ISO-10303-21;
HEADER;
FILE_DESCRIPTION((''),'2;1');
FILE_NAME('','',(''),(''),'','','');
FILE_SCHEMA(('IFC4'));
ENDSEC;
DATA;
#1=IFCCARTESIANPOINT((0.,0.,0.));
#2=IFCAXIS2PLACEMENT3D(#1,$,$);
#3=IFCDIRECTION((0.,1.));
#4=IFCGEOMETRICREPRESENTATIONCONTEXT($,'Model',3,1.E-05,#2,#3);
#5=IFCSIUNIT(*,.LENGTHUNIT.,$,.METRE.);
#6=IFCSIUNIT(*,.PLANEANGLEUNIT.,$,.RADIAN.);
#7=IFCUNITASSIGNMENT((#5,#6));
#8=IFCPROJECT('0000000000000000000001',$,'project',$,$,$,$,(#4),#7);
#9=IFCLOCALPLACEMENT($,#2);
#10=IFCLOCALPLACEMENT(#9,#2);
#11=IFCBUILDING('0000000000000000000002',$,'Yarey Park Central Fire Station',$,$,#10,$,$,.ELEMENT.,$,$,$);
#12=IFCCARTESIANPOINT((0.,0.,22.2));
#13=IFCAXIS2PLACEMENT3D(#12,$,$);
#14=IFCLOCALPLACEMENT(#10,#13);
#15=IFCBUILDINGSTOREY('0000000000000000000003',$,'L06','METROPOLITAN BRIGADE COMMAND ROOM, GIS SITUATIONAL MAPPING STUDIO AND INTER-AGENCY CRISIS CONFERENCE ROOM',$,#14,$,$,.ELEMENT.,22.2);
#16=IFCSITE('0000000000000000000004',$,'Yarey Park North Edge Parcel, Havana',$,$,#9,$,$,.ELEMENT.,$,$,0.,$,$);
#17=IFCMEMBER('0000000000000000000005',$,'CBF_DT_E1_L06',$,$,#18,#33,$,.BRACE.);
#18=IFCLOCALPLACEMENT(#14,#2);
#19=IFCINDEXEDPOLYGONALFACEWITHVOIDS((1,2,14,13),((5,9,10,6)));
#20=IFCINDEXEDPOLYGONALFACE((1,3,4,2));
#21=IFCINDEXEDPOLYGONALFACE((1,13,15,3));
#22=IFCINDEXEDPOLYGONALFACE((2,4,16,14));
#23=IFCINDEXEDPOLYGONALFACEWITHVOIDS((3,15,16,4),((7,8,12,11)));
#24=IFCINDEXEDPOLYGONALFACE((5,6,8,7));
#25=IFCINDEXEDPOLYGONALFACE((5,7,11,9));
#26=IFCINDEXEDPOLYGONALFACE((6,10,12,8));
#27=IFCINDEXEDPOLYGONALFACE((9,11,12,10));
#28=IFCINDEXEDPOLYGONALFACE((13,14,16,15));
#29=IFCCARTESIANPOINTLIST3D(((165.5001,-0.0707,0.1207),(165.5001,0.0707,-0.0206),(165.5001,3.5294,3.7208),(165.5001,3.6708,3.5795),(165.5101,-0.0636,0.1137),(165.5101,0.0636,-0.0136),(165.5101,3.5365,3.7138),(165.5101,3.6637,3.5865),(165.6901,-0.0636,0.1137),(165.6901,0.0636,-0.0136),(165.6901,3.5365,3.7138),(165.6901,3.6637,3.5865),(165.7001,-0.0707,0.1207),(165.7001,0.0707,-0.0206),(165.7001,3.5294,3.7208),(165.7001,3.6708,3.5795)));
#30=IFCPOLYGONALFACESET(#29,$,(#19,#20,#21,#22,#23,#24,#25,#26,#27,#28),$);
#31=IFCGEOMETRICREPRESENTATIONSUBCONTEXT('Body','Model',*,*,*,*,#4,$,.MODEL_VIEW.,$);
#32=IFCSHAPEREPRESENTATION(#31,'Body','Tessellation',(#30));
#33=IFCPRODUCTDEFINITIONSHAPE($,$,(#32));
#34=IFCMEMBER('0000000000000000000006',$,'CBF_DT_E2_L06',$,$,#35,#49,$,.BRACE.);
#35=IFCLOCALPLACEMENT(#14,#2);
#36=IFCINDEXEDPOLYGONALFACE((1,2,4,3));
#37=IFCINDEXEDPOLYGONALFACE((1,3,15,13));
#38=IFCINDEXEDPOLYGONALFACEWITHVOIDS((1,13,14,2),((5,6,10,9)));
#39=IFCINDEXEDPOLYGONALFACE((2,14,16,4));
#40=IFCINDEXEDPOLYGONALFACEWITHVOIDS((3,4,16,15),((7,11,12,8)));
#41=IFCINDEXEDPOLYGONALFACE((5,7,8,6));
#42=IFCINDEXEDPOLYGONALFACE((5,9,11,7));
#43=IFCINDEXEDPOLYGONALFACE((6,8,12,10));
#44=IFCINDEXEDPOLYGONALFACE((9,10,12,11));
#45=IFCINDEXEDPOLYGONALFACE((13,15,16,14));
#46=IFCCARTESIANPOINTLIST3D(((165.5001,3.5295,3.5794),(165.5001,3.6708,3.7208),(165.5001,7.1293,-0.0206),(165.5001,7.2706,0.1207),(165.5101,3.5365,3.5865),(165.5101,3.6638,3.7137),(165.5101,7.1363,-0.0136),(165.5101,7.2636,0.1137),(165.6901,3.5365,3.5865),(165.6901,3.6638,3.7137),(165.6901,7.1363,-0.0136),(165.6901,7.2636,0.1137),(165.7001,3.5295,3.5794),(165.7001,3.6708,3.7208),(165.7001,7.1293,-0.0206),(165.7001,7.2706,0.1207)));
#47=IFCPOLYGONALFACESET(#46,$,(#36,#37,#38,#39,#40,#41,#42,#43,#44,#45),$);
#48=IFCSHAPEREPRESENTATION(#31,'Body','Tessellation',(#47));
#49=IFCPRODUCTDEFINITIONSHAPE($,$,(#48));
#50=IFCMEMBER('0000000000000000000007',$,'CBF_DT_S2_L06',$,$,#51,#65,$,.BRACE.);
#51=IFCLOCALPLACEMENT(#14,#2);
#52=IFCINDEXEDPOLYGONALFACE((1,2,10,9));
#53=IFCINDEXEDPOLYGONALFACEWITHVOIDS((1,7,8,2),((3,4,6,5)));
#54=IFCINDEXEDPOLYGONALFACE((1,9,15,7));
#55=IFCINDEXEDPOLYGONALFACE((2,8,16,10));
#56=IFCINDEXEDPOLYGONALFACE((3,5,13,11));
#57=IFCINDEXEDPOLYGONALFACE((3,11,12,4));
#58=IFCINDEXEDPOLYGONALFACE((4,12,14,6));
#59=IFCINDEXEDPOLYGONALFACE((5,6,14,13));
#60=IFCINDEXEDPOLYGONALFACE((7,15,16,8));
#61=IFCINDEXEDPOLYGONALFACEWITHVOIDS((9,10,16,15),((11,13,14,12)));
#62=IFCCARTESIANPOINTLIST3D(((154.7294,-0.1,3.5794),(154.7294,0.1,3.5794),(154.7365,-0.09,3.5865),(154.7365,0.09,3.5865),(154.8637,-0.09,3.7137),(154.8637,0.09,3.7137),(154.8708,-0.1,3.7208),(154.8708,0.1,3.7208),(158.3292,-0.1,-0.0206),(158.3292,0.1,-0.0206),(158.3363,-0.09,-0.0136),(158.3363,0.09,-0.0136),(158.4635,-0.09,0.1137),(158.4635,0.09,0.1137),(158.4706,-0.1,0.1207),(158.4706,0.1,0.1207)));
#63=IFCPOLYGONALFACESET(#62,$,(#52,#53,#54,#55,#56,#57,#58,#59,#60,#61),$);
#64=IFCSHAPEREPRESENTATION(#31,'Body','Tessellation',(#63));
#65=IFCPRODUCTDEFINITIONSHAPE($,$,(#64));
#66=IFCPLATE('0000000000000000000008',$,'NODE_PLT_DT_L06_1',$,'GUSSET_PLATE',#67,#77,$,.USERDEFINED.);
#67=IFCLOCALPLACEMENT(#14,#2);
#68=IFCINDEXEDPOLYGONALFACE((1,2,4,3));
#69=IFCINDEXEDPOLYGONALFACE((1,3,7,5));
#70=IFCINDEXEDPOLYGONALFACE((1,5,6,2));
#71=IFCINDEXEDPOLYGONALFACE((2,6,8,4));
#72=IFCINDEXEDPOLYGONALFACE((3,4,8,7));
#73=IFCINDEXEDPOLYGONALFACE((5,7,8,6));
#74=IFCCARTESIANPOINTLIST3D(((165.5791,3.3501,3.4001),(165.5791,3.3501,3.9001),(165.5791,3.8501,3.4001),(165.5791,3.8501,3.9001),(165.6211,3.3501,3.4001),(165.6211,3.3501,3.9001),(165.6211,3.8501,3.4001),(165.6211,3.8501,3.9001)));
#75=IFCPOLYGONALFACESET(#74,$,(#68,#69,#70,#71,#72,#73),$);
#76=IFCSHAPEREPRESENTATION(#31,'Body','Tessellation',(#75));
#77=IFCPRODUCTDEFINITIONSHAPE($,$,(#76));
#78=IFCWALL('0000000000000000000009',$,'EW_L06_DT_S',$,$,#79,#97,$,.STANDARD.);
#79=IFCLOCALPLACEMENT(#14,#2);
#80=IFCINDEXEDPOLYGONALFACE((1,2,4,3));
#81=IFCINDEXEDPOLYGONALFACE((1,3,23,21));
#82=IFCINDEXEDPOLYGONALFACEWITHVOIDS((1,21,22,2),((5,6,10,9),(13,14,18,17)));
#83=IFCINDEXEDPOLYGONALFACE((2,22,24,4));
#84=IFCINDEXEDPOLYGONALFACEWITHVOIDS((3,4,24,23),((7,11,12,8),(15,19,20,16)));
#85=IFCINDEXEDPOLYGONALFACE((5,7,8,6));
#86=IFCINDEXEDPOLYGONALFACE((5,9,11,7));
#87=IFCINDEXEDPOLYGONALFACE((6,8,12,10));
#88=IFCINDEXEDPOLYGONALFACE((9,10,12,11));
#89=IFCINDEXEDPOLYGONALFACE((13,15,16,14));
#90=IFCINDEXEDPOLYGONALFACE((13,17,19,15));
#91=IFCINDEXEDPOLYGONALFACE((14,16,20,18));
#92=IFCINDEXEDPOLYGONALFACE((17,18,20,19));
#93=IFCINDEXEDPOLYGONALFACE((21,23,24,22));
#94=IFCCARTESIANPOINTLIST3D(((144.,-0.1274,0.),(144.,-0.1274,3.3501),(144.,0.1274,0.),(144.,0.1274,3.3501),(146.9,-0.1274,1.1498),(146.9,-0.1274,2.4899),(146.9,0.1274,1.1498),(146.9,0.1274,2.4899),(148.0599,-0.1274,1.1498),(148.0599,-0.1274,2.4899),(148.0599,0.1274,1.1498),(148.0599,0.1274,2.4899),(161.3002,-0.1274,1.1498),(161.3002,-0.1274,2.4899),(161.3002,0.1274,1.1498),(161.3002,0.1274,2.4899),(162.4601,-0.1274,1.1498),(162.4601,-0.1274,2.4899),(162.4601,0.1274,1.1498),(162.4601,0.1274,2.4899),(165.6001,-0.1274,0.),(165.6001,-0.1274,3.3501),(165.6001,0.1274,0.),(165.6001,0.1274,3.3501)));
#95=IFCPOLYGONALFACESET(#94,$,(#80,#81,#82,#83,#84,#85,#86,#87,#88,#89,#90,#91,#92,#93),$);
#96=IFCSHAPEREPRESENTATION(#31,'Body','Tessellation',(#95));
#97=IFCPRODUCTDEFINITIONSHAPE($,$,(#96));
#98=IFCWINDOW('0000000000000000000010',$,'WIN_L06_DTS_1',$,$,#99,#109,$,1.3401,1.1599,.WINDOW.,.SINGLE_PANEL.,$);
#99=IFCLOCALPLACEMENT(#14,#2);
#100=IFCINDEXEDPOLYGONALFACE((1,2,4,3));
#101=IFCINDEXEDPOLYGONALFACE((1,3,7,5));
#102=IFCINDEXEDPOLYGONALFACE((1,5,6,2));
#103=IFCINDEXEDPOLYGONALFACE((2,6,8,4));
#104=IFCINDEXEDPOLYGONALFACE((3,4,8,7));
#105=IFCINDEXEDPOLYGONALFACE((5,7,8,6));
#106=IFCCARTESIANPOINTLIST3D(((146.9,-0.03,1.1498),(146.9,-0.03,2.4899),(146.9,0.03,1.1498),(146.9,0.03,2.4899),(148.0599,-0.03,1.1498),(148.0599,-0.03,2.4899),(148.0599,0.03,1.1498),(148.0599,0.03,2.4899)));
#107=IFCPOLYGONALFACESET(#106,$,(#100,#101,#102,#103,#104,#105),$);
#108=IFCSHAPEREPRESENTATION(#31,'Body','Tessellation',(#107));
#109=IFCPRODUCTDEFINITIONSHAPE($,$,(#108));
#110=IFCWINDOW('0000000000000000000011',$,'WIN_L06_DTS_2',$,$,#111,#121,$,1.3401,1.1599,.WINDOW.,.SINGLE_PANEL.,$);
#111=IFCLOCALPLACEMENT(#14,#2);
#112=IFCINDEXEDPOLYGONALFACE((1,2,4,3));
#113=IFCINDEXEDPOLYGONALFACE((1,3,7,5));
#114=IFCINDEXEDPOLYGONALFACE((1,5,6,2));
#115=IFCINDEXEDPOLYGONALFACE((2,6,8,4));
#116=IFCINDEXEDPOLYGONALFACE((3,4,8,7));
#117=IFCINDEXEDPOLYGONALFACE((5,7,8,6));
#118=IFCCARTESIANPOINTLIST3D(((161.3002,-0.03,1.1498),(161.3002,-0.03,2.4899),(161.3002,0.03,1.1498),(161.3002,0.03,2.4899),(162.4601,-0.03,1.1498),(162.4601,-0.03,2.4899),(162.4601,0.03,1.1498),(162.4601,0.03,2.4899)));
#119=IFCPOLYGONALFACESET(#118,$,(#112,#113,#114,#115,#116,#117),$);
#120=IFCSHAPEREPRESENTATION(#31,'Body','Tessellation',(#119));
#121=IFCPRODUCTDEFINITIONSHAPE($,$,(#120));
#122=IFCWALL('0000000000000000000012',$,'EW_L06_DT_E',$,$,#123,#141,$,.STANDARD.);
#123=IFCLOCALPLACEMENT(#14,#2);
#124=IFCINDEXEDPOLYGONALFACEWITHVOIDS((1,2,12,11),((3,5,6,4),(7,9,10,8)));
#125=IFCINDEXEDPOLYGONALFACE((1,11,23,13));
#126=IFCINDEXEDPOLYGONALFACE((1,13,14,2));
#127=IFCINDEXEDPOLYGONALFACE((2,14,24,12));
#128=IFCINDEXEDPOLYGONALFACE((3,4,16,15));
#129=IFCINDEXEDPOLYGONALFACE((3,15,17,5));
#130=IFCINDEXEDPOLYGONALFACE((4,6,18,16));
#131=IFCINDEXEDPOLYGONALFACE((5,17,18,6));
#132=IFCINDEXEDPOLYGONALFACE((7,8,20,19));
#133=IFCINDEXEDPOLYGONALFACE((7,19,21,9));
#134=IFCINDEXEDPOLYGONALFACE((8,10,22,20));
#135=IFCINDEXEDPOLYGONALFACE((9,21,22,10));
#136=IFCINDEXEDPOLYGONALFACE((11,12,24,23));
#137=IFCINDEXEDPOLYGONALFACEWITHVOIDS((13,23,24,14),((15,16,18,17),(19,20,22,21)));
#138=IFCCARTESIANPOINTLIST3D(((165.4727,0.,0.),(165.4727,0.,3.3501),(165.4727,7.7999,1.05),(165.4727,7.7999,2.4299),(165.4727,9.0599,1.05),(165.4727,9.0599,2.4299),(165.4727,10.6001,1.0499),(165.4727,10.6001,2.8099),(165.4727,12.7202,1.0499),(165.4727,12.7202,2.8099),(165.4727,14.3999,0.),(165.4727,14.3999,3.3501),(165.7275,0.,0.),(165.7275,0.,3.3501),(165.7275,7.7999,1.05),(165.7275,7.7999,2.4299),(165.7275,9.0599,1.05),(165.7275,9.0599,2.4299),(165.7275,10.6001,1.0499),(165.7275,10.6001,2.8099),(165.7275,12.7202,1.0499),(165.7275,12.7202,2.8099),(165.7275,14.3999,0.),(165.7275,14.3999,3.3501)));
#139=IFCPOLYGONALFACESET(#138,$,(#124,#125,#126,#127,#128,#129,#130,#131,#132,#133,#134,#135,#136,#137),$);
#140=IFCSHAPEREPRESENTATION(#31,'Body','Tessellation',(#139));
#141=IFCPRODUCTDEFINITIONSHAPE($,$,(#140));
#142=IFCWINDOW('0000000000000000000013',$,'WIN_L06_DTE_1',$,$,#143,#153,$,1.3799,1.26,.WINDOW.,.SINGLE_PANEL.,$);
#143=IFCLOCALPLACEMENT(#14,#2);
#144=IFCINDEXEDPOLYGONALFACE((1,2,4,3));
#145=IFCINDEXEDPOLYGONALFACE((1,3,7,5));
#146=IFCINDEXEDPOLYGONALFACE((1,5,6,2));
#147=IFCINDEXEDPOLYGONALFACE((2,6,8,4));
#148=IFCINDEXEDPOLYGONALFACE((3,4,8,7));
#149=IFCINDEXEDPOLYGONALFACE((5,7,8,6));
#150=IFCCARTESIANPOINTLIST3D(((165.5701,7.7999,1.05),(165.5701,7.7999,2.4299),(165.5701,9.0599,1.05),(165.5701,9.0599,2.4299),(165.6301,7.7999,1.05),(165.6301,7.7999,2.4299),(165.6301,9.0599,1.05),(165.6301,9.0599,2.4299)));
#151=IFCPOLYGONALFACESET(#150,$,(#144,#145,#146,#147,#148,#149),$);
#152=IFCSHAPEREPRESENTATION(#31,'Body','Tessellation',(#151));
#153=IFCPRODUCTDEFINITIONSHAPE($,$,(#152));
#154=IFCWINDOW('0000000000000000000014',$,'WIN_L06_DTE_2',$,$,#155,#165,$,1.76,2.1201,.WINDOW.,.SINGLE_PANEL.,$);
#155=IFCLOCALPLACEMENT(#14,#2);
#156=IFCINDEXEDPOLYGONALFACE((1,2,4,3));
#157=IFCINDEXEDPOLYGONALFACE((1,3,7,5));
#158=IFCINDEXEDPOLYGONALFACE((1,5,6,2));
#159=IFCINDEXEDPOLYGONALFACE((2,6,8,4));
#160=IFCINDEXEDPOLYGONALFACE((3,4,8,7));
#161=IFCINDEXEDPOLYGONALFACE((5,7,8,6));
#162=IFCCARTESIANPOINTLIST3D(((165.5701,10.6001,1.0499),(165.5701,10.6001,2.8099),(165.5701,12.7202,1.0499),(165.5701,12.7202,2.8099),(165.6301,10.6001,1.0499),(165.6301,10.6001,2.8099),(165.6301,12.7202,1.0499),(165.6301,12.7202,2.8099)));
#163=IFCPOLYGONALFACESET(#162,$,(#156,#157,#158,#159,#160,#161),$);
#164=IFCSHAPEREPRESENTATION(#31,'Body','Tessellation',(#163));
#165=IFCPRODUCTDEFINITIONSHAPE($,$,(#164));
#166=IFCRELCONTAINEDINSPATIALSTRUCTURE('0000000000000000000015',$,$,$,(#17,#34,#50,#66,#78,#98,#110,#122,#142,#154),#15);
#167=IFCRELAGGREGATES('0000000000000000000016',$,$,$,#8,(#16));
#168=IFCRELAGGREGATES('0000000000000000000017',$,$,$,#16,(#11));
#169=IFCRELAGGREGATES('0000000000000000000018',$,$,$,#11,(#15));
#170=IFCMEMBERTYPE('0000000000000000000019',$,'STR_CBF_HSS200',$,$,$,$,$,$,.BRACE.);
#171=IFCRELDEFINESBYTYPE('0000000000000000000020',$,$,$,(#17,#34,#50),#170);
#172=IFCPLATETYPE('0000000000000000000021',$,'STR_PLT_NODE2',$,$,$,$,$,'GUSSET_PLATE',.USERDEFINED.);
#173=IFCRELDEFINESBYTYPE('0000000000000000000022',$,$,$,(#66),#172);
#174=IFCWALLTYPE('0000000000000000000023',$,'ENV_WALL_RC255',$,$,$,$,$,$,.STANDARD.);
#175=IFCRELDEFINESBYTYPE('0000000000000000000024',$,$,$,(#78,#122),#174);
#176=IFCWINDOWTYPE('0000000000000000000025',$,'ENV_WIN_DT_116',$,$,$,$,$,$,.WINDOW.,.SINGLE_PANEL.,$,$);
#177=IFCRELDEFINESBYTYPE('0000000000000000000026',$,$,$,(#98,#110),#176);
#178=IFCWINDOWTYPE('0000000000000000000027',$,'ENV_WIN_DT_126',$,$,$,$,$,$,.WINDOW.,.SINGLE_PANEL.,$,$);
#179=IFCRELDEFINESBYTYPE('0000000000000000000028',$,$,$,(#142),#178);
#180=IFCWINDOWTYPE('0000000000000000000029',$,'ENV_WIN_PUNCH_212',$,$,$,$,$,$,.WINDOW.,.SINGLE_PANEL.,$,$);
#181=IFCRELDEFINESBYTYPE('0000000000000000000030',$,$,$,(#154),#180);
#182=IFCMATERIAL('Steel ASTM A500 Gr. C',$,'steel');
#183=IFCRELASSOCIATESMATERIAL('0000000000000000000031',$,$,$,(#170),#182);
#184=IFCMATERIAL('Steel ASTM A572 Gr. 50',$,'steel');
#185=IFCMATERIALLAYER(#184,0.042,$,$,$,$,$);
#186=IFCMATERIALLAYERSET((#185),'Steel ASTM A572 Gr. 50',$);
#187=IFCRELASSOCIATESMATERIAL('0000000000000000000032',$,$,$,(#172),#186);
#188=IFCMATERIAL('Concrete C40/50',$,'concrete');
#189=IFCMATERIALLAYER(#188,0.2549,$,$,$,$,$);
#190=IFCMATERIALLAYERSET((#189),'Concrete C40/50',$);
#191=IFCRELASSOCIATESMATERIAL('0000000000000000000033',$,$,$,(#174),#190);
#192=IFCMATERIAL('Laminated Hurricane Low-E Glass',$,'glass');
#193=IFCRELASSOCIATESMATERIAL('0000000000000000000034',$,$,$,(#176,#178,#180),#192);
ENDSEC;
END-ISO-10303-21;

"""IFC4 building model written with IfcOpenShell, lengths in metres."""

from ifc_helpers import new_model, si_unit, direction, frame, frame_2d, origin, origin_2d, place, context, subcontext, project, spatial, rectangle, hollow_rectangle, extrude, material, layer, layer_set, material_profile, profile_set, type_object, element, fill, save


model = new_model("IFC4")

# Units and contexts
model_context = context("Model", 3, precision=1e-05, world=origin(), true_north=direction((0.0, 1.0)))
body_context = subcontext(model_context, "Body", "Model", "MODEL_VIEW")
ifc_project = project(units=[si_unit("LENGTHUNIT", "METRE"), si_unit("PLANEANGLEUNIT", "RADIAN")], contexts=[model_context])

# Site, building, storey
site_placement = place(None, origin())
site = spatial("IfcSite", under=ifc_project, at=site_placement, Name="Yarey Park North Edge Parcel, Havana", CompositionType="ELEMENT", RefElevation=0.0)
building_placement = place(site_placement, origin())
building = spatial("IfcBuilding", under=site, at=building_placement, Name="Yarey Park Central Fire Station", CompositionType="ELEMENT")
storey_placement = place(building_placement, frame((0.0, 0.0, 22.2)))
storey = spatial("IfcBuildingStorey", under=building, at=storey_placement, Name="L06", Description="METROPOLITAN BRIGADE COMMAND ROOM, GIS SITUATIONAL MAPPING STUDIO AND INTER-AGENCY CRISIS CONFERENCE ROOM", CompositionType="ELEMENT", Elevation=22.2)

# Members
ifc_material_1 = material(Name="Steel ASTM A500 Gr. C", Category="steel")
ifc_material_profile_1 = material_profile(ifc_material_1, hollow_rectangle(XDim=0.2, YDim=0.2, WallThickness=0.01, at=origin_2d()), Name="HSS 200x200x10")
ifc_profile_set_1 = profile_set([ifc_material_profile_1], Name="Steel ASTM A500 Gr. C")
member_type = type_object("IfcMemberType", Name="STR_CBF_HSS200", PredefinedType="BRACE", material=ifc_profile_set_1)
member_placement = place(storey_placement, frame((165.6001, 0.0, 0.05), z_axis=(0.0, 0.707107, 0.707107), x_axis=(-1.0, 0.0, 0.0)))
element("IfcMember", 1, at=member_placement, inside=storey, type_object=member_type, Name="CBF_DT_E1_L06", PredefinedType="BRACE", context=body_context, shape_type="SweptSolid", body=[
    extrude(hollow_rectangle(XDim=0.2, YDim=0.2, WallThickness=0.01, at=origin_2d()), origin(), (0.0, 0.0, 1.0), 5.0913),
])
for number, where, z_axis, x_axis, name in (
    (2, (165.6001, 7.2, 0.05), (0.0, -0.707083, 0.707131), (1.0, 0.0, 0.0), "CBF_DT_E2_L06"),
    (3, (158.3999, 0.0, 0.05), (-0.707083, 0.0, 0.707131), (0.0, -1.0, 0.0), "CBF_DT_S2_L06"),
):
    element("IfcMember", number, at=place(storey_placement, frame(where, z_axis=z_axis, x_axis=x_axis)), inside=storey, type_object=member_type, Name=name, PredefinedType="BRACE", context=body_context, shape_type="SweptSolid", body=[
        extrude(hollow_rectangle(XDim=0.2, YDim=0.2, WallThickness=0.01, at=origin_2d()), origin(), (0.0, 0.0, 1.0), 5.0911),
    ])

# Plate
ifc_material_2 = material(Name="Steel ASTM A572 Gr. 50", Category="steel")
ifc_layer_1 = layer(ifc_material_2, 0.042)
ifc_layer_set_1 = layer_set([ifc_layer_1], Name="Steel ASTM A572 Gr. 50")
plate_type = type_object("IfcPlateType", Name="STR_PLT_NODE2", ElementType="GUSSET_PLATE", PredefinedType="USERDEFINED", material=ifc_layer_set_1)
plate_placement = place(storey_placement, frame((165.6001, 3.6001, 3.4001), z_axis=(0.0, 0.0, 1.0), x_axis=(1.0, 0.0, 0.0)))
element("IfcPlate", 4, at=plate_placement, inside=storey, type_object=plate_type, Name="NODE_PLT_DT_L06_1", ObjectType="GUSSET_PLATE", PredefinedType="USERDEFINED", context=body_context, shape_type="SweptSolid", body=[
    extrude(rectangle(XDim=0.042, YDim=0.5, at=origin_2d()), origin(), (0.0, 0.0, 1.0), 0.5),
])

# Walls, openings, windows
ifc_material_3 = material(Name="Concrete C40/50", Category="concrete")
ifc_layer_2 = layer(ifc_material_3, 0.2549)
ifc_layer_set_2 = layer_set([ifc_layer_2], Name="Concrete C40/50")
wall_type_1 = type_object("IfcWallType", Name="ENV_WALL_RC255", PredefinedType="STANDARD", material=ifc_layer_set_2)
wall_1_placement = place(storey_placement, frame((165.6001, 0.0, 0.0), z_axis=(0.0, 0.0, 1.0), x_axis=(-1.0, 0.0, 0.0)))
wall_1 = element("IfcWall", 5, at=wall_1_placement, inside=storey, type_object=wall_type_1, Name="EW_L06_DT_S", PredefinedType="STANDARD", context=body_context, shape_type="SweptSolid", body=[
    extrude(rectangle(XDim=21.6001, YDim=0.2549, at=frame_2d((10.8, 0.0))), origin(), (0.0, 0.0, 1.0), 3.3501),
])
opening_1_placement = place(wall_1_placement, frame((17.54, 0.0, 1.1499)))
opening_1 = element("IfcOpeningElement", 6, at=opening_1_placement, cuts=wall_1, PredefinedType="OPENING", context=body_context, shape_type="SweptSolid", body=[
    extrude(rectangle(XDim=1.1599, YDim=1.3401, at=frame_2d((0.5801, 0.6699))), frame((0.0, 0.1375, 0.0), z_axis=(0.0, -1.0, 0.0), x_axis=(1.0, 0.0, 0.0)), (0.0, 0.0, 1.0), 0.2749),
])
opening_2_placement = place(wall_1_placement, frame((3.1399, 0.0, 1.1499)))
opening_2 = element("IfcOpeningElement", 7, at=opening_2_placement, cuts=wall_1, PredefinedType="OPENING", context=body_context, shape_type="SweptSolid", body=[
    extrude(rectangle(XDim=1.1599, YDim=1.3401, at=frame_2d((0.5801, 0.6699))), frame((0.0, 0.1375, 0.0), z_axis=(0.0, -1.0, 0.0), x_axis=(1.0, 0.0, 0.0)), (0.0, 0.0, 1.0), 0.2749),
])
ifc_material_4 = material(Name="Laminated Hurricane Low-E Glass", Category="glass")
window_type_1 = type_object("IfcWindowType", Name="ENV_WIN_DT_116", PartitioningType="SINGLE_PANEL", PredefinedType="WINDOW", material=ifc_material_4)
window_1_placement = place(opening_1_placement, origin())
window_1 = element("IfcWindow", 8, at=window_1_placement, inside=storey, type_object=window_type_1, Name="WIN_L06_DTS_1", OverallHeight=1.3401, OverallWidth=1.1599, PartitioningType="SINGLE_PANEL", PredefinedType="WINDOW", context=body_context, shape_type="SweptSolid", body=[
    extrude(rectangle(XDim=1.1599, YDim=1.3401, at=frame_2d((0.5801, 0.6699))), frame((0.0, 0.03, 0.0), z_axis=(0.0, -1.0, 0.0), x_axis=(1.0, 0.0, 0.0)), (0.0, 0.0, 1.0), 0.0601),
])
fill(opening_1, window_1)
window_2_placement = place(opening_2_placement, origin())
window_2 = element("IfcWindow", 9, at=window_2_placement, inside=storey, type_object=window_type_1, Name="WIN_L06_DTS_2", OverallHeight=1.3401, OverallWidth=1.1599, PartitioningType="SINGLE_PANEL", PredefinedType="WINDOW", context=body_context, shape_type="SweptSolid", body=[
    extrude(rectangle(XDim=1.1599, YDim=1.3401, at=frame_2d((0.5801, 0.6699))), frame((0.0, 0.03, 0.0), z_axis=(0.0, -1.0, 0.0), x_axis=(1.0, 0.0, 0.0)), (0.0, 0.0, 1.0), 0.0601),
])
fill(opening_2, window_2)
wall_2_placement = place(storey_placement, frame((165.6001, 0.0, 0.0), z_axis=(0.0, 0.0, 1.0), x_axis=(0.0, 1.0, 0.0)))
wall_2 = element("IfcWall", 10, at=wall_2_placement, inside=storey, type_object=wall_type_1, Name="EW_L06_DT_E", PredefinedType="STANDARD", context=body_context, shape_type="SweptSolid", body=[
    extrude(rectangle(XDim=14.3999, YDim=0.2549, at=frame_2d((7.2, 0.0))), origin(), (0.0, 0.0, 1.0), 3.3501),
])
opening_3_placement = place(wall_2_placement, frame((7.8, 0.0, 1.05)))
opening_3 = element("IfcOpeningElement", 11, at=opening_3_placement, cuts=wall_2, PredefinedType="OPENING", context=body_context, shape_type="SweptSolid", body=[
    extrude(rectangle(XDim=1.26, YDim=1.3799, at=frame_2d((0.6299, 0.6899))), frame((0.0, 0.1375, 0.0), z_axis=(0.0, -1.0, 0.0), x_axis=(1.0, 0.0, 0.0)), (0.0, 0.0, 1.0), 0.2749),
])
opening_4_placement = place(wall_2_placement, frame((10.6001, 0.0, 1.05)))
opening_4 = element("IfcOpeningElement", 12, at=opening_4_placement, cuts=wall_2, PredefinedType="OPENING", context=body_context, shape_type="SweptSolid", body=[
    extrude(rectangle(XDim=2.1201, YDim=1.76, at=frame_2d((1.0601, 0.8799))), frame((0.0, 0.1375, 0.0), z_axis=(0.0, -1.0, 0.0), x_axis=(1.0, 0.0, 0.0)), (0.0, 0.0, 1.0), 0.2749),
])
window_type_2 = type_object("IfcWindowType", Name="ENV_WIN_DT_126", PartitioningType="SINGLE_PANEL", PredefinedType="WINDOW", material=ifc_material_4)
window_3_placement = place(opening_3_placement, origin())
window_3 = element("IfcWindow", 13, at=window_3_placement, inside=storey, type_object=window_type_2, Name="WIN_L06_DTE_1", OverallHeight=1.3799, OverallWidth=1.26, PartitioningType="SINGLE_PANEL", PredefinedType="WINDOW", context=body_context, shape_type="SweptSolid", body=[
    extrude(rectangle(XDim=1.26, YDim=1.3799, at=frame_2d((0.6299, 0.6899))), frame((0.0, 0.03, 0.0), z_axis=(0.0, -1.0, 0.0), x_axis=(1.0, 0.0, 0.0)), (0.0, 0.0, 1.0), 0.0601),
])
fill(opening_3, window_3)
window_type_3 = type_object("IfcWindowType", Name="ENV_WIN_PUNCH_212", PartitioningType="SINGLE_PANEL", PredefinedType="WINDOW", material=ifc_material_4)
window_4_placement = place(opening_4_placement, origin())
window_4 = element("IfcWindow", 14, at=window_4_placement, inside=storey, type_object=window_type_3, Name="WIN_L06_DTE_2", OverallHeight=1.76, OverallWidth=2.1201, PartitioningType="SINGLE_PANEL", PredefinedType="WINDOW", context=body_context, shape_type="SweptSolid", body=[
    extrude(rectangle(XDim=2.1201, YDim=1.76, at=frame_2d((1.0601, 0.8799))), frame((0.0, 0.03, 0.0), z_axis=(0.0, -1.0, 0.0), x_axis=(1.0, 0.0, 0.0)), (0.0, 0.0, 1.0), 0.0601),
])
fill(opening_4, window_4)

save(model, "model.ifc")
